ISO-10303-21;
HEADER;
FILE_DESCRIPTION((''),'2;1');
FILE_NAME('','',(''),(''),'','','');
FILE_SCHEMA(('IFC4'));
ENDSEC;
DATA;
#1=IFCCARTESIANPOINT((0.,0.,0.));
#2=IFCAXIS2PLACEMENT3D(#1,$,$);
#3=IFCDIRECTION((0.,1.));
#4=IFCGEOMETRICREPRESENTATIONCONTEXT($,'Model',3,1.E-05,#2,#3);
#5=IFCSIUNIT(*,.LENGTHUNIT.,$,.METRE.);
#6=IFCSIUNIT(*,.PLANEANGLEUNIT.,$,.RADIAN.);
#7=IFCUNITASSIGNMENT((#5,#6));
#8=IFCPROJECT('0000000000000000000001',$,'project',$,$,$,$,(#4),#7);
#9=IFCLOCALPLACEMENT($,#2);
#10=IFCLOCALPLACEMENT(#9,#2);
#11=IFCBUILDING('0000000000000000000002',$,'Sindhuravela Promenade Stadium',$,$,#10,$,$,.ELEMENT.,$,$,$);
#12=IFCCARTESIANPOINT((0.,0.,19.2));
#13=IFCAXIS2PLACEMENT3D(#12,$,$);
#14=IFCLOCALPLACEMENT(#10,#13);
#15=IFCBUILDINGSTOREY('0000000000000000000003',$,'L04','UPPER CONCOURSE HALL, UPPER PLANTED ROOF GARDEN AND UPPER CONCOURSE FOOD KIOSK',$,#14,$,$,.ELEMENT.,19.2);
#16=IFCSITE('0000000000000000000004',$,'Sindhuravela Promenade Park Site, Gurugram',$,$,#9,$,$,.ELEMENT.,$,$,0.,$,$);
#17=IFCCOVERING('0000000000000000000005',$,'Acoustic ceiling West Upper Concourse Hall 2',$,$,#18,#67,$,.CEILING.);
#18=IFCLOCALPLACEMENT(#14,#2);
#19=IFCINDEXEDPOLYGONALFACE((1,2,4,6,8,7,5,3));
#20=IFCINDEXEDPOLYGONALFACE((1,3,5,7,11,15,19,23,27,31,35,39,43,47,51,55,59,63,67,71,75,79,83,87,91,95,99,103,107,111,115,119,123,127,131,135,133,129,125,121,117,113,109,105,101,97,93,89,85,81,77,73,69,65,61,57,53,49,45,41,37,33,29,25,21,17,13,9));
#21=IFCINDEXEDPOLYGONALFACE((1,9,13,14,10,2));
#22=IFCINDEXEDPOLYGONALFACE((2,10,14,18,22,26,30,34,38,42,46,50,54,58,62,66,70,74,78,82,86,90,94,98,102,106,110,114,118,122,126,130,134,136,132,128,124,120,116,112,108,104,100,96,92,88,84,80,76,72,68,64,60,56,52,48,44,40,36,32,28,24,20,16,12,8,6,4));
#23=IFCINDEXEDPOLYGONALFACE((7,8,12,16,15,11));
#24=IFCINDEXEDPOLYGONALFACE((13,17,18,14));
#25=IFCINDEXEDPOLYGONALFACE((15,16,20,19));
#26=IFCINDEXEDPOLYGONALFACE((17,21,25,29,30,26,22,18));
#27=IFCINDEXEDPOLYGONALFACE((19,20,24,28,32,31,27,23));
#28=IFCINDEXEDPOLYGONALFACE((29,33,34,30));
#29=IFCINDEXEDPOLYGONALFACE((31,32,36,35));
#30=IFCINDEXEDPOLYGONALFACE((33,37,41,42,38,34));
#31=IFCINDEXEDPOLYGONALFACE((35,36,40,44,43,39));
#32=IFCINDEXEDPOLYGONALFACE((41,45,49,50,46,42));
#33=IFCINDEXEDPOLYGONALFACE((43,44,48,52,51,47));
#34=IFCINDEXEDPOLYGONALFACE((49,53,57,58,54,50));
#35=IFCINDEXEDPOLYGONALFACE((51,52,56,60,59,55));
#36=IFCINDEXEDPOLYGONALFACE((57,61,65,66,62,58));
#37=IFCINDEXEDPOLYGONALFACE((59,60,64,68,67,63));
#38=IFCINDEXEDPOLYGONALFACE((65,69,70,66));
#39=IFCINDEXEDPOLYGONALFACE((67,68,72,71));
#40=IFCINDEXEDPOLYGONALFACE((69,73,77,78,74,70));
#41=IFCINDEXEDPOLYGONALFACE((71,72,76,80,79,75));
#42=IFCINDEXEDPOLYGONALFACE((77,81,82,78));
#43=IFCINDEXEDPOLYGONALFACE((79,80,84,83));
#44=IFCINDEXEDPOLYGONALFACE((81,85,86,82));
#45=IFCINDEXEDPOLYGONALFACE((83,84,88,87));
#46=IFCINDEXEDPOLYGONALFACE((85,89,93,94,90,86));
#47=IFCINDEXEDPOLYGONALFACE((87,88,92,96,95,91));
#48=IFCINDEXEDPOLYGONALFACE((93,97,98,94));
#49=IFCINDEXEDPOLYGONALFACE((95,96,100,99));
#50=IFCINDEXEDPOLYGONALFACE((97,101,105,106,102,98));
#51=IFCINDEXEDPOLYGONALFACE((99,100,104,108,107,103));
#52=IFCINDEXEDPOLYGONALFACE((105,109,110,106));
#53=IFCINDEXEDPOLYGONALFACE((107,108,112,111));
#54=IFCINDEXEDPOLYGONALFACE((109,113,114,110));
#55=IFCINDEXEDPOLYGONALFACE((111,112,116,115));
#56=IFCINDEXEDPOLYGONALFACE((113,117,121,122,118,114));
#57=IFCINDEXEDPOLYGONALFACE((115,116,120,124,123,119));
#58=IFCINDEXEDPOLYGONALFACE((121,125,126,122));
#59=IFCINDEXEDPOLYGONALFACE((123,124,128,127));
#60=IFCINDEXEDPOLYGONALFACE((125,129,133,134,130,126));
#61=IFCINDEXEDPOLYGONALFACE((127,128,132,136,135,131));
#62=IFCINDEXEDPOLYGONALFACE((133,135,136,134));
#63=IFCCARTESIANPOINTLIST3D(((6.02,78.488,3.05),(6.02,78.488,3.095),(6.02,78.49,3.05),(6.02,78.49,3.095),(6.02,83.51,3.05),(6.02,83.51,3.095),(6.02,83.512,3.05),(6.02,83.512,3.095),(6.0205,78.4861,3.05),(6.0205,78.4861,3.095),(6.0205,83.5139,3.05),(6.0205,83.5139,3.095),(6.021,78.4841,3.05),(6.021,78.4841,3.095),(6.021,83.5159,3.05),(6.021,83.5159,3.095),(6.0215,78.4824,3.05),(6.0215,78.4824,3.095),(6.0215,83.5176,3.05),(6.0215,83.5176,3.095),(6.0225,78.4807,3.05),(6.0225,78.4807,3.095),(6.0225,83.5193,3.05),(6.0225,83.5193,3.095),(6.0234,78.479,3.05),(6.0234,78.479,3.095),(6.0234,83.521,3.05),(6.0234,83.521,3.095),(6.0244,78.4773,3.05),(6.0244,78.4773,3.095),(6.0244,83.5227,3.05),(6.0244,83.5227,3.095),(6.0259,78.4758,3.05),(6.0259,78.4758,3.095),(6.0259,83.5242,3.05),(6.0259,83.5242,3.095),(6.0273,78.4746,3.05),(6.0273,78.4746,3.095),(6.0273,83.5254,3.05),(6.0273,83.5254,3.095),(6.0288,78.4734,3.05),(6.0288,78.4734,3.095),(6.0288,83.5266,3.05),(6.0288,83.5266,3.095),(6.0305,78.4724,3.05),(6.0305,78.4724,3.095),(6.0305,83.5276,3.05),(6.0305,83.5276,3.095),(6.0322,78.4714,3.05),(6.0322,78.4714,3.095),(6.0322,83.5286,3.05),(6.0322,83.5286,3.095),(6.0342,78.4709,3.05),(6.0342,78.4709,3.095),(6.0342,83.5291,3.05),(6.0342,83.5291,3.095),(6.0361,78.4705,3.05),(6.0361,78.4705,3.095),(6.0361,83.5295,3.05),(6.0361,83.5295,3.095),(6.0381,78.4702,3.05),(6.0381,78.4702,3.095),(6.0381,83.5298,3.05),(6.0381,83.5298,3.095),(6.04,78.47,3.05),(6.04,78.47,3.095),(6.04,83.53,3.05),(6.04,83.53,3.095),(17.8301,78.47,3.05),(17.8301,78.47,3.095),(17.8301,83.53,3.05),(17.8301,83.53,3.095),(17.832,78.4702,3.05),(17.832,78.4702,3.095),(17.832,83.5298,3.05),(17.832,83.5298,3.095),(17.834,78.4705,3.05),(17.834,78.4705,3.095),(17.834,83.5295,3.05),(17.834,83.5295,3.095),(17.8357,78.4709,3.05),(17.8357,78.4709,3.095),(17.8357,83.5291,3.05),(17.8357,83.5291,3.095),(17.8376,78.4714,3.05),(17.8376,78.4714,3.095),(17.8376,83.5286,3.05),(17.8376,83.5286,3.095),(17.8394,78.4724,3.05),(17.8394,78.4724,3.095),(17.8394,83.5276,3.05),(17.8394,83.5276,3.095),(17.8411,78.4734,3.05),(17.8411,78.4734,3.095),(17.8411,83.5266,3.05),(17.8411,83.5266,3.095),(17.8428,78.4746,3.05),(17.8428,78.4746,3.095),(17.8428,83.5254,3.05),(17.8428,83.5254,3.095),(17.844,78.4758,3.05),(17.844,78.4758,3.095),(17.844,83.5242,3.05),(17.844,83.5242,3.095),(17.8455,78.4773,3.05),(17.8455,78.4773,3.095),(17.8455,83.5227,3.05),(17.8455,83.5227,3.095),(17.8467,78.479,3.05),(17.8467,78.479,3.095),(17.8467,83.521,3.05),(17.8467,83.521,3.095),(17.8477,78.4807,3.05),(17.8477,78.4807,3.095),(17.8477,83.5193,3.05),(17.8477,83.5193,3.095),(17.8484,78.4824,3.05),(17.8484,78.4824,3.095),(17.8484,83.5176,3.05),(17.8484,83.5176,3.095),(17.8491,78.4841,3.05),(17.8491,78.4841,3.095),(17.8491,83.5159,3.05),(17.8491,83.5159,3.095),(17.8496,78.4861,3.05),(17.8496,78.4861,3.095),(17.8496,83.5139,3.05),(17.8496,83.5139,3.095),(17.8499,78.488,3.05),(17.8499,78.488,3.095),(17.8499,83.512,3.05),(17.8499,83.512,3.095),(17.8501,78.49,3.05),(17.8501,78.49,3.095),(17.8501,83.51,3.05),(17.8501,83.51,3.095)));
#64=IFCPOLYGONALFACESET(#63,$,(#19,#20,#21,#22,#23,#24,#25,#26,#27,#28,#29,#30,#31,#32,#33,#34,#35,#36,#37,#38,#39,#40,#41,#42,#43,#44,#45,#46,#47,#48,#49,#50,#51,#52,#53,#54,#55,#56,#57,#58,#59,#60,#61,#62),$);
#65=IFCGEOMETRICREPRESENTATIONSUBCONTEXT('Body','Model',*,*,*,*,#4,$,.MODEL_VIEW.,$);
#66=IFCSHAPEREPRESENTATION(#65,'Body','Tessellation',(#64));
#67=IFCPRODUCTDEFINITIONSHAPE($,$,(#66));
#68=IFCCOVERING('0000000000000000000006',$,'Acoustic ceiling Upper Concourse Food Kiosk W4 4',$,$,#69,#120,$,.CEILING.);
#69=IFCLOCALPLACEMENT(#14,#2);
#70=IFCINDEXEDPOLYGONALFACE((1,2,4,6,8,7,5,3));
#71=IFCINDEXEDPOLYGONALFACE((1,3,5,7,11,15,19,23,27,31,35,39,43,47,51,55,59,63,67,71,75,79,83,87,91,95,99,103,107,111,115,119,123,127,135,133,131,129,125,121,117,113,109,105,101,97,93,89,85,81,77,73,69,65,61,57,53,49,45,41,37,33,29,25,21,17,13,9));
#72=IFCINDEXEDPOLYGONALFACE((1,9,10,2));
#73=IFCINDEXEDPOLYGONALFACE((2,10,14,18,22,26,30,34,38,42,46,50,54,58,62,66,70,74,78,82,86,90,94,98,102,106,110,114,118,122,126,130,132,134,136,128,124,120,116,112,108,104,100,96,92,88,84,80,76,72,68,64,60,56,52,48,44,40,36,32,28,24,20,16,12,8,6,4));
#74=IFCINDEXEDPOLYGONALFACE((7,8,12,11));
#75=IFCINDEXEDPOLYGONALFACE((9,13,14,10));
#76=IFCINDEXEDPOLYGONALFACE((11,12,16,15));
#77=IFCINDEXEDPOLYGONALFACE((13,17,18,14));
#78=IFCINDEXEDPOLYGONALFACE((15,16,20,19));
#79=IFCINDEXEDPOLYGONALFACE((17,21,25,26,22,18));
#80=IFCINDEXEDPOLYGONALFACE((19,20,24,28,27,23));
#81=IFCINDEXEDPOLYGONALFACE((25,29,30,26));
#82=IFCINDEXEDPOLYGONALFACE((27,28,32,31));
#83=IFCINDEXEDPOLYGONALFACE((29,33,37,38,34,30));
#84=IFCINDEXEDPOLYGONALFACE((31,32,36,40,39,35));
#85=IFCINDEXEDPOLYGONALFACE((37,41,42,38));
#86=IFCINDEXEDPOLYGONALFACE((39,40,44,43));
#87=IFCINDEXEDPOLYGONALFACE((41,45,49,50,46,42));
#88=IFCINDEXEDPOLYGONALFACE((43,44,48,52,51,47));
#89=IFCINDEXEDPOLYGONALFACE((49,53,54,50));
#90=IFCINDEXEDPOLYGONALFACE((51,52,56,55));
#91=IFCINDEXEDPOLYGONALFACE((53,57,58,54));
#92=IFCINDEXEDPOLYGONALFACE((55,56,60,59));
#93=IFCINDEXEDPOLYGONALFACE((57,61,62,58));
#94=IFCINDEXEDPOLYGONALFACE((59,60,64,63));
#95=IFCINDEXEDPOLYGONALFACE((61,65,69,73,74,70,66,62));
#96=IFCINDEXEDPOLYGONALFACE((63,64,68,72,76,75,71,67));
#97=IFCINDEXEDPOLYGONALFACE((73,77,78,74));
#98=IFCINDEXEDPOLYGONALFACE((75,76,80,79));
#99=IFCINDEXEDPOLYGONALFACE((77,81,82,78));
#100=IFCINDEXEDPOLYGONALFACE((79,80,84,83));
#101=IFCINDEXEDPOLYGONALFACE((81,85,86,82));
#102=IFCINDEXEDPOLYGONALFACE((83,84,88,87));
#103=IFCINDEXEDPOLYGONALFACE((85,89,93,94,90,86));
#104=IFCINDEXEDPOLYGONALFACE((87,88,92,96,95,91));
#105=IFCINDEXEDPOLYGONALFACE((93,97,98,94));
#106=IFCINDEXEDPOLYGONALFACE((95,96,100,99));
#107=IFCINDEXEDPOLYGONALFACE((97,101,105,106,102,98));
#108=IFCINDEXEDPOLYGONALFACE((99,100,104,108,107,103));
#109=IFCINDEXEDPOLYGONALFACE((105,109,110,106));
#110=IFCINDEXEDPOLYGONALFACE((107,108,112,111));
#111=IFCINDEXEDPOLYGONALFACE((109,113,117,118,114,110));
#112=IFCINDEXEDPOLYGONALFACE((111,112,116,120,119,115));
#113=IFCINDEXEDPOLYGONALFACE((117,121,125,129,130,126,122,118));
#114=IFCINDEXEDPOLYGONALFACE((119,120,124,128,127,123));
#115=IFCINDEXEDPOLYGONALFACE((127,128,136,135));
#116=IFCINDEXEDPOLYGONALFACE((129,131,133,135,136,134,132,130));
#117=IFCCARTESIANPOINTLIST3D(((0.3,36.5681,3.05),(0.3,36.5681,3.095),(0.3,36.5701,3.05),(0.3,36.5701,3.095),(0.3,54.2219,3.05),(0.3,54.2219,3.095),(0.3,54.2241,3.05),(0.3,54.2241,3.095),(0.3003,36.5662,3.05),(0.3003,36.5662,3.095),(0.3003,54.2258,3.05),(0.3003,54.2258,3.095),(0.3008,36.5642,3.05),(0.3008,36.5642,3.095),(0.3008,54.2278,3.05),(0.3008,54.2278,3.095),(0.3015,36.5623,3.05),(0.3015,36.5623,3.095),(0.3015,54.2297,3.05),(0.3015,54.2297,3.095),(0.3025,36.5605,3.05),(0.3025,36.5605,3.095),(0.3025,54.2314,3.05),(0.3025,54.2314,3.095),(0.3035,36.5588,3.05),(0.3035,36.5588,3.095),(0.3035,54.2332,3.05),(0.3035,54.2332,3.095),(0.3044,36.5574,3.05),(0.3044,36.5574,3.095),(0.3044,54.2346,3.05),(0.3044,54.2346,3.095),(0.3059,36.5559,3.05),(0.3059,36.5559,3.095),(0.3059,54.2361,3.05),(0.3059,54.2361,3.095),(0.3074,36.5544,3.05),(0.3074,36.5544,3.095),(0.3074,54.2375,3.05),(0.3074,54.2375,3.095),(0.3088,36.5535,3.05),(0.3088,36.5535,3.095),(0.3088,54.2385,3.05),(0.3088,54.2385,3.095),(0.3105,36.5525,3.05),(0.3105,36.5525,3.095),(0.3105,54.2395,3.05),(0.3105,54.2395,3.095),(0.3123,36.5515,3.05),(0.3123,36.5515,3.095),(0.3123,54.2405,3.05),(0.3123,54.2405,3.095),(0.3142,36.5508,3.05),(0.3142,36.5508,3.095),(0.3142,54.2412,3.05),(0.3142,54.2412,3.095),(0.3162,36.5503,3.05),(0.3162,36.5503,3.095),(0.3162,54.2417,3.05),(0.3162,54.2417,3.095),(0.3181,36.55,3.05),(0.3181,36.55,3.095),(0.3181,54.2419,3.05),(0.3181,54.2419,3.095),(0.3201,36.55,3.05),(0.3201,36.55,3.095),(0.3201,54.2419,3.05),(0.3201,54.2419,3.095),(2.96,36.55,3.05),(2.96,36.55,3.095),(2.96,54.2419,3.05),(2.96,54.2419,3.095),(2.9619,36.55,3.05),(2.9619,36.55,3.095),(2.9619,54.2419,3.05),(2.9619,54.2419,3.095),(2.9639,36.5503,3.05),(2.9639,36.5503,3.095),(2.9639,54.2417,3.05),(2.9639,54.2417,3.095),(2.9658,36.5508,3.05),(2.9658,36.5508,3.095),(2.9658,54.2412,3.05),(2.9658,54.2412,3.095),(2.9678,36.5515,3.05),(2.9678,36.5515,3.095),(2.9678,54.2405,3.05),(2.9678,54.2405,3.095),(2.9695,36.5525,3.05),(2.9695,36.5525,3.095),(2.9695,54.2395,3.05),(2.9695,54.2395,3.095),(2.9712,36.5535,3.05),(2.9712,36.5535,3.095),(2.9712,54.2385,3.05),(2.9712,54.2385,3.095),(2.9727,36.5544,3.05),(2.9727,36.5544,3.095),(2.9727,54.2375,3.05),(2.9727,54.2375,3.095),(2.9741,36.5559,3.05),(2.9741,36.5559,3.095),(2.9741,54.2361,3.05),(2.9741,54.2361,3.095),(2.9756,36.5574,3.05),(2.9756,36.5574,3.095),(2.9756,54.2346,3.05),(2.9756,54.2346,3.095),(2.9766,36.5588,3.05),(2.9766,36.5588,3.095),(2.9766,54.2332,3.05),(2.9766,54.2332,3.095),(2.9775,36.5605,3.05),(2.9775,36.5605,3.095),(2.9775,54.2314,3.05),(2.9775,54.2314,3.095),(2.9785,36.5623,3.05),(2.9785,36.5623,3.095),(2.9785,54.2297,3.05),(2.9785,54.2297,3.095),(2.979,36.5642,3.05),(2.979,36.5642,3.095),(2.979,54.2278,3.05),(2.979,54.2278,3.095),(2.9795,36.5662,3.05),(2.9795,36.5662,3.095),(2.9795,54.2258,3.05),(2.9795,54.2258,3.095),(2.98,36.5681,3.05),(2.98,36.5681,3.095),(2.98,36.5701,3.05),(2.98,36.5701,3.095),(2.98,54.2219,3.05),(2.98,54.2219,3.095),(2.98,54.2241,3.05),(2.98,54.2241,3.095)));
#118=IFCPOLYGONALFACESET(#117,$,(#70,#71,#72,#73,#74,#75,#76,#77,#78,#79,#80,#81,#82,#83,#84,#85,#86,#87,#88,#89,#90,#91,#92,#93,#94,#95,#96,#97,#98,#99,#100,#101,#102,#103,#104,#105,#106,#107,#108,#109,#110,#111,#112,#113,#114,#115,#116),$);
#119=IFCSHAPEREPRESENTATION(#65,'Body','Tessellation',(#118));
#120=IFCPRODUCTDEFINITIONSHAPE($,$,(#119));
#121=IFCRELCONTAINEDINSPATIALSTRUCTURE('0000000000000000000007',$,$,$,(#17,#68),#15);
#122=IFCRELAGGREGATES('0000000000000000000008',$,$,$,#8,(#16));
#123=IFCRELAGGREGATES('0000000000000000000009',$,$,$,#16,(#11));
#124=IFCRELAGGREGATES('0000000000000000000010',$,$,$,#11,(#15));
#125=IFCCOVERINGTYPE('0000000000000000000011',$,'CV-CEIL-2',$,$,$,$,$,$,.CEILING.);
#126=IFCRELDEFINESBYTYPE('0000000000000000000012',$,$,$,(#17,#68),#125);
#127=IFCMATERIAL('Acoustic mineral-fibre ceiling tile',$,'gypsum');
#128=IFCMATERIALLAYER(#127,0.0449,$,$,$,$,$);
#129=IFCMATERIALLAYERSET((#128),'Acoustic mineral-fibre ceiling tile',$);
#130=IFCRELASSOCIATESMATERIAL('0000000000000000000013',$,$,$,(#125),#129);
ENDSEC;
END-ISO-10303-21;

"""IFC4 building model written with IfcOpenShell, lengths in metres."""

from ifc_helpers import new_model, si_unit, direction, frame, origin, place, context, subcontext, project, spatial, polyline, outline, extrude, material, layer, layer_set, type_object, element, save


model = new_model("IFC4")

# Units and contexts
model_context = context("Model", 3, precision=1e-05, world=origin(), true_north=direction((0.0, 1.0)))
body_context = subcontext(model_context, "Body", "Model", "MODEL_VIEW")
ifc_project = project(units=[si_unit("LENGTHUNIT", "METRE"), si_unit("PLANEANGLEUNIT", "RADIAN")], contexts=[model_context])

# Site, building, storey
site_placement = place(None, origin())
site = spatial("IfcSite", under=ifc_project, at=site_placement, Name="Sindhuravela Promenade Park Site, Gurugram", CompositionType="ELEMENT", RefElevation=0.0)
building_placement = place(site_placement, origin())
building = spatial("IfcBuilding", under=site, at=building_placement, Name="Sindhuravela Promenade Stadium", CompositionType="ELEMENT")
storey_placement = place(building_placement, frame((0.0, 0.0, 19.2)))
storey = spatial("IfcBuildingStorey", under=building, at=storey_placement, Name="L04", Description="UPPER CONCOURSE HALL, UPPER PLANTED ROOF GARDEN AND UPPER CONCOURSE FOOD KIOSK", CompositionType="ELEMENT", Elevation=19.2)

# Coverings
ifc_material_1 = material(Name="Acoustic mineral-fibre ceiling tile", Category="gypsum")
ifc_layer_1 = layer(ifc_material_1, 0.0449)
ifc_layer_set_1 = layer_set([ifc_layer_1], Name="Acoustic mineral-fibre ceiling tile")
covering_type_1 = type_object("IfcCoveringType", Name="CV-CEIL-2", PredefinedType="CEILING", material=ifc_layer_set_1)
covering_1_placement = place(storey_placement, frame((0.0, 0.0, 3.05)))
element("IfcCovering", 1, at=covering_1_placement, inside=storey, type_object=covering_type_1, Name="Acoustic ceiling West Upper Concourse Hall 2", PredefinedType="CEILING", context=body_context, shape_type="SweptSolid", body=[
    extrude(outline(polyline([(6.02, 83.51), (6.02, 83.512), (6.0205, 83.5139), (6.021, 83.5159), (6.0215, 83.5176), (6.0225, 83.5193), (6.0234, 83.521), (6.0244, 83.5227), (6.0259, 83.5242), (6.0273, 83.5254), (6.0288, 83.5266), (6.0305, 83.5276), (6.0322, 83.5286), (6.0342, 83.5291), (6.0361, 83.5295), (6.0381, 83.5298), (6.04, 83.53), (17.8301, 83.53), (17.832, 83.5298), (17.834, 83.5295), (17.8357, 83.5291), (17.8376, 83.5286), (17.8394, 83.5276), (17.8411, 83.5266), (17.8428, 83.5254), (17.844, 83.5242), (17.8455, 83.5227), (17.8467, 83.521), (17.8477, 83.5193), (17.8484, 83.5176), (17.8491, 83.5159), (17.8496, 83.5139), (17.8499, 83.512), (17.8501, 83.51), (17.8501, 78.49), (17.8499, 78.488), (17.8496, 78.4861), (17.8491, 78.4841), (17.8484, 78.4824), (17.8477, 78.4807), (17.8467, 78.479), (17.8455, 78.4773), (17.844, 78.4758), (17.8428, 78.4746), (17.8411, 78.4734), (17.8394, 78.4724), (17.8376, 78.4714), (17.8357, 78.4709), (17.834, 78.4705), (17.832, 78.4702), (17.8301, 78.47), (6.04, 78.47), (6.0381, 78.4702), (6.0361, 78.4705), (6.0342, 78.4709), (6.0322, 78.4714), (6.0305, 78.4724), (6.0288, 78.4734), (6.0273, 78.4746), (6.0259, 78.4758), (6.0244, 78.4773), (6.0234, 78.479), (6.0225, 78.4807), (6.0215, 78.4824), (6.021, 78.4841), (6.0205, 78.4861), (6.02, 78.488), (6.02, 78.49), (6.02, 83.51)])), origin(), (0.0, 0.0, 1.0), 0.0449),
])
covering_2_placement = place(storey_placement, frame((0.0, 0.0, 3.05)))
element("IfcCovering", 2, at=covering_2_placement, inside=storey, type_object=covering_type_1, Name="Acoustic ceiling Upper Concourse Food Kiosk W4 4", PredefinedType="CEILING", context=body_context, shape_type="SweptSolid", body=[
    extrude(outline(polyline([(2.98, 36.5701), (2.98, 36.5681), (2.9795, 36.5662), (2.979, 36.5642), (2.9785, 36.5623), (2.9775, 36.5605), (2.9766, 36.5588), (2.9756, 36.5574), (2.9741, 36.5559), (2.9727, 36.5544), (2.9712, 36.5535), (2.9695, 36.5525), (2.9678, 36.5515), (2.9658, 36.5508), (2.9639, 36.5503), (2.9619, 36.55), (2.96, 36.55), (0.3201, 36.55), (0.3181, 36.55), (0.3162, 36.5503), (0.3142, 36.5508), (0.3123, 36.5515), (0.3105, 36.5525), (0.3088, 36.5535), (0.3074, 36.5544), (0.3059, 36.5559), (0.3044, 36.5574), (0.3035, 36.5588), (0.3025, 36.5605), (0.3015, 36.5623), (0.3008, 36.5642), (0.3003, 36.5662), (0.3, 36.5681), (0.3, 36.5701), (0.3, 54.2219), (0.3, 54.2241), (0.3003, 54.2258), (0.3008, 54.2278), (0.3015, 54.2297), (0.3025, 54.2314), (0.3035, 54.2332), (0.3044, 54.2346), (0.3059, 54.2361), (0.3074, 54.2375), (0.3088, 54.2385), (0.3105, 54.2395), (0.3123, 54.2405), (0.3142, 54.2412), (0.3162, 54.2417), (0.3181, 54.2419), (0.3201, 54.2419), (2.96, 54.2419), (2.9619, 54.2419), (2.9639, 54.2417), (2.9658, 54.2412), (2.9678, 54.2405), (2.9695, 54.2395), (2.9712, 54.2385), (2.9727, 54.2375), (2.9741, 54.2361), (2.9756, 54.2346), (2.9766, 54.2332), (2.9775, 54.2314), (2.9785, 54.2297), (2.979, 54.2278), (2.9795, 54.2258), (2.98, 54.2241), (2.98, 54.2219), (2.98, 36.5701)])), origin(), (0.0, 0.0, 1.0), 0.0449),
])

save(model, "model.ifc")
